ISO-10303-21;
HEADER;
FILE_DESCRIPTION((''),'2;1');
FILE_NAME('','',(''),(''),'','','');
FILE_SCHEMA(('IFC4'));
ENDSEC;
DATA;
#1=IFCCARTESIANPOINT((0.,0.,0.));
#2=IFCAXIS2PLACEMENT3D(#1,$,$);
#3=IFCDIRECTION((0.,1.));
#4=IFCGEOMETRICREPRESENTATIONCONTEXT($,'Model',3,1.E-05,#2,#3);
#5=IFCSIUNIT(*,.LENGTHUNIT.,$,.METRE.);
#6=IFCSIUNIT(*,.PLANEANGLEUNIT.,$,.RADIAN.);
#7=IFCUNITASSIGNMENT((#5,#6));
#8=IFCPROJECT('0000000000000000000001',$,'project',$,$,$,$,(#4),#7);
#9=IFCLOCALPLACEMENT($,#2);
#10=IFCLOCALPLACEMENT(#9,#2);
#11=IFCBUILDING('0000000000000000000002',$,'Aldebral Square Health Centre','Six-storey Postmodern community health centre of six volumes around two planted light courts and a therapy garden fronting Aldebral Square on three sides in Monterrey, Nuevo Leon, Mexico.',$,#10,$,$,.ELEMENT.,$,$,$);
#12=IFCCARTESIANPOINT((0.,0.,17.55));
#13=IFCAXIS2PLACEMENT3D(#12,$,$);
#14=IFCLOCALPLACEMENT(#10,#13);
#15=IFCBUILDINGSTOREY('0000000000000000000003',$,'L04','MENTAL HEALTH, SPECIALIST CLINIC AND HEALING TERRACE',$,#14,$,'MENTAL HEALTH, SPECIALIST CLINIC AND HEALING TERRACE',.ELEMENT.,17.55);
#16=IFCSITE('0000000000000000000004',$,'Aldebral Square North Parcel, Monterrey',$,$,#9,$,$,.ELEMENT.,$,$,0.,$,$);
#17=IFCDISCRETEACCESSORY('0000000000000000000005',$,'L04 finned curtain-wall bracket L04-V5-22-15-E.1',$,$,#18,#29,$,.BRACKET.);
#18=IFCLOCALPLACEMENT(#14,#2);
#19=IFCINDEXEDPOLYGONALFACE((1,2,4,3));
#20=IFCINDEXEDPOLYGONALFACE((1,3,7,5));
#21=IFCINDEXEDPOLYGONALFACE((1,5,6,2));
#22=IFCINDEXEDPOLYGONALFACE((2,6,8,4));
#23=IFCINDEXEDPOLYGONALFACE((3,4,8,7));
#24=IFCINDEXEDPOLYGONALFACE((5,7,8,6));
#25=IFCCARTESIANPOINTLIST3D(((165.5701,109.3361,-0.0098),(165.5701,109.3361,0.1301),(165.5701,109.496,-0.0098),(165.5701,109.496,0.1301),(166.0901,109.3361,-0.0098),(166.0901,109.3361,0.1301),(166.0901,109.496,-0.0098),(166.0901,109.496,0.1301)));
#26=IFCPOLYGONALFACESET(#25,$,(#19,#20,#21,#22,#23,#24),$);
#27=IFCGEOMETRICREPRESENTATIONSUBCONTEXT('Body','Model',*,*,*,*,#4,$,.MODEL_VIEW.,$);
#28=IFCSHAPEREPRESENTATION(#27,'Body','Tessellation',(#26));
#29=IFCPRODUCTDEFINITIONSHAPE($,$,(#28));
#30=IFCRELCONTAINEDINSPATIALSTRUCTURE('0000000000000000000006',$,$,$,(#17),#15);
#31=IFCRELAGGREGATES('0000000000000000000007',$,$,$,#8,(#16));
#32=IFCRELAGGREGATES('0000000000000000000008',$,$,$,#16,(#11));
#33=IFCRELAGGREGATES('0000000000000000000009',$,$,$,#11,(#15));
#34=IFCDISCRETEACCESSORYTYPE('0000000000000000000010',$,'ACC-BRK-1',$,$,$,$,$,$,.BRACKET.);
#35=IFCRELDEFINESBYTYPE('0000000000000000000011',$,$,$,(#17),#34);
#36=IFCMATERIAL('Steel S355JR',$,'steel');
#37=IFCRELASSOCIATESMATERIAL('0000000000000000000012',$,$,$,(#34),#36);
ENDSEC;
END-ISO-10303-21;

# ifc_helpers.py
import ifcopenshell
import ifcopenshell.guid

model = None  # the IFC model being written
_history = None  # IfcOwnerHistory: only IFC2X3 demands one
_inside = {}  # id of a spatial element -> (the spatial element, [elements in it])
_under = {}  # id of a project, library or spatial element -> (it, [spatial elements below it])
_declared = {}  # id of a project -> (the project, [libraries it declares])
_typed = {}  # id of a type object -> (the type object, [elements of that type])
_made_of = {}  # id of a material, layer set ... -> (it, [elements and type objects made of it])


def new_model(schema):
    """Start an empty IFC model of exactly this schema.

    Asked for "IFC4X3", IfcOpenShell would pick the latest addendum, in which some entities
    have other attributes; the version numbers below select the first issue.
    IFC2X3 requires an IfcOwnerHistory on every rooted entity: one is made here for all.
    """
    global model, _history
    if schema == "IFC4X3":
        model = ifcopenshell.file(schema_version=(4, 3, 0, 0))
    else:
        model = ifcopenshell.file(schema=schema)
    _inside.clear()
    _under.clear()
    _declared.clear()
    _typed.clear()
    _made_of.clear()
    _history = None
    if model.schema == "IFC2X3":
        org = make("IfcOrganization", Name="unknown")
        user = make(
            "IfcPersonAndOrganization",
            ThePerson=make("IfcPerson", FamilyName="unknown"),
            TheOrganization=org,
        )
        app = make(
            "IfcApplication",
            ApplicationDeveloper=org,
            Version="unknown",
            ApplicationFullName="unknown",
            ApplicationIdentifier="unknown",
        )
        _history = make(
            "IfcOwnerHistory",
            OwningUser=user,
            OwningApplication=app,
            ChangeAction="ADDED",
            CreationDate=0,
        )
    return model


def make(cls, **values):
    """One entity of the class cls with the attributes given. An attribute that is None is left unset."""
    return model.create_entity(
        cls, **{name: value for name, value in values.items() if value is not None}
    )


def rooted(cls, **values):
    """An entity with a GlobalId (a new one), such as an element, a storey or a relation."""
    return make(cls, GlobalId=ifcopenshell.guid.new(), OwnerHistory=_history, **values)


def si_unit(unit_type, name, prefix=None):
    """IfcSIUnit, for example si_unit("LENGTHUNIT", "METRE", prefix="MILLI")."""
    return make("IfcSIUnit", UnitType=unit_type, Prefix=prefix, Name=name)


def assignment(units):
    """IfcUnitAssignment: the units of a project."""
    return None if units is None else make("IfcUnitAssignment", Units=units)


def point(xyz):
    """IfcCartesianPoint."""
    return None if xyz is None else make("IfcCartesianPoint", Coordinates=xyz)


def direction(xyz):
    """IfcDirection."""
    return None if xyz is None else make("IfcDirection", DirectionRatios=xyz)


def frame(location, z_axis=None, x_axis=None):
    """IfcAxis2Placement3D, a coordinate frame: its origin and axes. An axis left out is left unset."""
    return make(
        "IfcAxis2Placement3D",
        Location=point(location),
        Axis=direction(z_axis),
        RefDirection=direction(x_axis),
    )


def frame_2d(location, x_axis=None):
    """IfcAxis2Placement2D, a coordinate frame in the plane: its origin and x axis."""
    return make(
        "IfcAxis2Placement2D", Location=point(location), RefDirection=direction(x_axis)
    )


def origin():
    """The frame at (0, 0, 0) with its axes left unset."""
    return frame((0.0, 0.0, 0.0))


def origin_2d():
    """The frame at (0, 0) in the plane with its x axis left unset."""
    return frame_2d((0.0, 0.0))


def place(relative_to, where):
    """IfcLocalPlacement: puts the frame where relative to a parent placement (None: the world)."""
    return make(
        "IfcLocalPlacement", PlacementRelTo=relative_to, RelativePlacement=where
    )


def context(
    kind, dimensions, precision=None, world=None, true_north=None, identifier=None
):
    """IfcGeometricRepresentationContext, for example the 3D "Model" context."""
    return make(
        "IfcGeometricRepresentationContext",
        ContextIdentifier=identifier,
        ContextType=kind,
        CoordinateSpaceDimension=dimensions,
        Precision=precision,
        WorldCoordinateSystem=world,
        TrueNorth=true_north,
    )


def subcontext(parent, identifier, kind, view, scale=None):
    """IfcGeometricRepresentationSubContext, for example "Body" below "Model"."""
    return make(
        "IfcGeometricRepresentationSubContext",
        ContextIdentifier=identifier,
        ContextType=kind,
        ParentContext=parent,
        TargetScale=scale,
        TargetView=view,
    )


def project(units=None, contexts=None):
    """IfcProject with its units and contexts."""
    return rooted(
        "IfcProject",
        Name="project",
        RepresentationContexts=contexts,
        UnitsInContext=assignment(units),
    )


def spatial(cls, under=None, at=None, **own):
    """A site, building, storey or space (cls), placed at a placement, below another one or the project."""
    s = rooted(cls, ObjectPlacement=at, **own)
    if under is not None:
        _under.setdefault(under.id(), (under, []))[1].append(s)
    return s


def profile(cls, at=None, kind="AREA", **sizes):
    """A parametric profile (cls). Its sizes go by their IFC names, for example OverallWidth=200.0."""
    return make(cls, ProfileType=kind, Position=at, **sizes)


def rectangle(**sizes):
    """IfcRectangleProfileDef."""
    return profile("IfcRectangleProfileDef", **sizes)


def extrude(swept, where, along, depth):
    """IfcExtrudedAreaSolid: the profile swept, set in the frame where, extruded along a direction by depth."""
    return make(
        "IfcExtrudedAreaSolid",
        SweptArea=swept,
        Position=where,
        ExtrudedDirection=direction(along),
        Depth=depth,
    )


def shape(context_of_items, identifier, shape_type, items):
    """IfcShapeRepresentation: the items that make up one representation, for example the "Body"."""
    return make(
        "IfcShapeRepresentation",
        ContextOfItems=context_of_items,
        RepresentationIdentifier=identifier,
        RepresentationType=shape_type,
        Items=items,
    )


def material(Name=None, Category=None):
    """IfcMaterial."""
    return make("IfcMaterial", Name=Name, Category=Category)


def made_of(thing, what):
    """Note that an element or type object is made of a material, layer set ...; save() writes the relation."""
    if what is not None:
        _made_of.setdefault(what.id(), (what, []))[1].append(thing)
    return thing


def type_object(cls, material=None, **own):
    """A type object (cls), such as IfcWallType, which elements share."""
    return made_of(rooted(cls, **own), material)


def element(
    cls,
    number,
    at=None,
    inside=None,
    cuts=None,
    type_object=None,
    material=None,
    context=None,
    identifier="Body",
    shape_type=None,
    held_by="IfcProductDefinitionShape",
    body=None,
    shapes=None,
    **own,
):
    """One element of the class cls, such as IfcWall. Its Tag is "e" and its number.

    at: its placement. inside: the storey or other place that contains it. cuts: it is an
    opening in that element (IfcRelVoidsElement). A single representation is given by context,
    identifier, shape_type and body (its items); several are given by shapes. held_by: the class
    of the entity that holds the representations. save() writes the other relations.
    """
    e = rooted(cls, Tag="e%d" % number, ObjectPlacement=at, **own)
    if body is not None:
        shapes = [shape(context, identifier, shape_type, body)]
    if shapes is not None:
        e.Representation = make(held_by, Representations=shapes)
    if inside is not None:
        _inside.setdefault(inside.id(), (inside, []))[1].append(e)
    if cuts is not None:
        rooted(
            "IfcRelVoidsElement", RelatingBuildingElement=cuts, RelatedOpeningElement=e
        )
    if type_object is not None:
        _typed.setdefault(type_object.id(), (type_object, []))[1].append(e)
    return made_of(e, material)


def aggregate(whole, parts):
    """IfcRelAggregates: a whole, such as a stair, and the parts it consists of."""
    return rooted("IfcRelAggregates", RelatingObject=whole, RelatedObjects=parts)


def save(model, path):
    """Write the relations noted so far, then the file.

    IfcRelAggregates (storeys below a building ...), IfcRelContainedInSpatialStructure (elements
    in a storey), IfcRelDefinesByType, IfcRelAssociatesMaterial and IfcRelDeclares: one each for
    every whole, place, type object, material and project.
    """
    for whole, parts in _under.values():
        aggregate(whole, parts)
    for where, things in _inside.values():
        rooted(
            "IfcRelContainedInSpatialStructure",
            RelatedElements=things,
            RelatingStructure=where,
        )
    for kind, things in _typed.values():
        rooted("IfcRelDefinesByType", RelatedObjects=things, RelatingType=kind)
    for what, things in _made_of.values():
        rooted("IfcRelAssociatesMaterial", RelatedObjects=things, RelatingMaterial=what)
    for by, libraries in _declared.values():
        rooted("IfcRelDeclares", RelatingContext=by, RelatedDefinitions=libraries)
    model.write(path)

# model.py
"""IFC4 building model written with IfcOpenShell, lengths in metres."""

from ifc_helpers import new_model, si_unit, direction, frame, origin, origin_2d, place, context, subcontext, project, spatial, rectangle, extrude, material, type_object, element, save


model = new_model("IFC4")

# Units and contexts
model_context = context("Model", 3, precision=1e-05, world=origin(), true_north=direction((0.0, 1.0)))
body_context = subcontext(model_context, "Body", "Model", "MODEL_VIEW")
ifc_project = project(units=[si_unit("LENGTHUNIT", "METRE"), si_unit("PLANEANGLEUNIT", "RADIAN")], contexts=[model_context])

# Site, building, storey
site_placement = place(None, origin())
site = spatial("IfcSite", under=ifc_project, at=site_placement, Name="Aldebral Square North Parcel, Monterrey", CompositionType="ELEMENT", RefElevation=0.0)
building_placement = place(site_placement, origin())
building = spatial("IfcBuilding", under=site, at=building_placement, Name="Aldebral Square Health Centre", Description="Six-storey Postmodern community health centre of six volumes around two planted light courts and a therapy garden fronting Aldebral Square on three sides in Monterrey, Nuevo Leon, Mexico.", CompositionType="ELEMENT")
storey_placement = place(building_placement, frame((0.0, 0.0, 17.55)))
storey = spatial("IfcBuildingStorey", under=building, at=storey_placement, Name="L04", Description="MENTAL HEALTH, SPECIALIST CLINIC AND HEALING TERRACE", LongName="MENTAL HEALTH, SPECIALIST CLINIC AND HEALING TERRACE", CompositionType="ELEMENT", Elevation=17.55)

# Discrete accessory
ifc_material_1 = material(Name="Steel S355JR", Category="steel")
discrete_accessory_type = type_object("IfcDiscreteAccessoryType", Name="ACC-BRK-1", PredefinedType="BRACKET", material=ifc_material_1)
for number, where, z_axis, x_axis, name in (
    (1, (165.8301, 109.416, -0.0098), (0.0, 0.0, 1.0), (0.0, 1.0, 0.0), "L04 finned curtain-wall bracket L04-V5-22-15-E.1"),
):
    element("IfcDiscreteAccessory", number, at=place(storey_placement, frame(where, z_axis=z_axis, x_axis=x_axis)), inside=storey, type_object=discrete_accessory_type, Name=name, PredefinedType="BRACKET", context=body_context, shape_type="SweptSolid", body=[
        extrude(rectangle(XDim=0.1599, YDim=0.52, at=origin_2d()), origin(), (0.0, 0.0, 1.0), 0.1399),
    ])

save(model, "model.ifc")
